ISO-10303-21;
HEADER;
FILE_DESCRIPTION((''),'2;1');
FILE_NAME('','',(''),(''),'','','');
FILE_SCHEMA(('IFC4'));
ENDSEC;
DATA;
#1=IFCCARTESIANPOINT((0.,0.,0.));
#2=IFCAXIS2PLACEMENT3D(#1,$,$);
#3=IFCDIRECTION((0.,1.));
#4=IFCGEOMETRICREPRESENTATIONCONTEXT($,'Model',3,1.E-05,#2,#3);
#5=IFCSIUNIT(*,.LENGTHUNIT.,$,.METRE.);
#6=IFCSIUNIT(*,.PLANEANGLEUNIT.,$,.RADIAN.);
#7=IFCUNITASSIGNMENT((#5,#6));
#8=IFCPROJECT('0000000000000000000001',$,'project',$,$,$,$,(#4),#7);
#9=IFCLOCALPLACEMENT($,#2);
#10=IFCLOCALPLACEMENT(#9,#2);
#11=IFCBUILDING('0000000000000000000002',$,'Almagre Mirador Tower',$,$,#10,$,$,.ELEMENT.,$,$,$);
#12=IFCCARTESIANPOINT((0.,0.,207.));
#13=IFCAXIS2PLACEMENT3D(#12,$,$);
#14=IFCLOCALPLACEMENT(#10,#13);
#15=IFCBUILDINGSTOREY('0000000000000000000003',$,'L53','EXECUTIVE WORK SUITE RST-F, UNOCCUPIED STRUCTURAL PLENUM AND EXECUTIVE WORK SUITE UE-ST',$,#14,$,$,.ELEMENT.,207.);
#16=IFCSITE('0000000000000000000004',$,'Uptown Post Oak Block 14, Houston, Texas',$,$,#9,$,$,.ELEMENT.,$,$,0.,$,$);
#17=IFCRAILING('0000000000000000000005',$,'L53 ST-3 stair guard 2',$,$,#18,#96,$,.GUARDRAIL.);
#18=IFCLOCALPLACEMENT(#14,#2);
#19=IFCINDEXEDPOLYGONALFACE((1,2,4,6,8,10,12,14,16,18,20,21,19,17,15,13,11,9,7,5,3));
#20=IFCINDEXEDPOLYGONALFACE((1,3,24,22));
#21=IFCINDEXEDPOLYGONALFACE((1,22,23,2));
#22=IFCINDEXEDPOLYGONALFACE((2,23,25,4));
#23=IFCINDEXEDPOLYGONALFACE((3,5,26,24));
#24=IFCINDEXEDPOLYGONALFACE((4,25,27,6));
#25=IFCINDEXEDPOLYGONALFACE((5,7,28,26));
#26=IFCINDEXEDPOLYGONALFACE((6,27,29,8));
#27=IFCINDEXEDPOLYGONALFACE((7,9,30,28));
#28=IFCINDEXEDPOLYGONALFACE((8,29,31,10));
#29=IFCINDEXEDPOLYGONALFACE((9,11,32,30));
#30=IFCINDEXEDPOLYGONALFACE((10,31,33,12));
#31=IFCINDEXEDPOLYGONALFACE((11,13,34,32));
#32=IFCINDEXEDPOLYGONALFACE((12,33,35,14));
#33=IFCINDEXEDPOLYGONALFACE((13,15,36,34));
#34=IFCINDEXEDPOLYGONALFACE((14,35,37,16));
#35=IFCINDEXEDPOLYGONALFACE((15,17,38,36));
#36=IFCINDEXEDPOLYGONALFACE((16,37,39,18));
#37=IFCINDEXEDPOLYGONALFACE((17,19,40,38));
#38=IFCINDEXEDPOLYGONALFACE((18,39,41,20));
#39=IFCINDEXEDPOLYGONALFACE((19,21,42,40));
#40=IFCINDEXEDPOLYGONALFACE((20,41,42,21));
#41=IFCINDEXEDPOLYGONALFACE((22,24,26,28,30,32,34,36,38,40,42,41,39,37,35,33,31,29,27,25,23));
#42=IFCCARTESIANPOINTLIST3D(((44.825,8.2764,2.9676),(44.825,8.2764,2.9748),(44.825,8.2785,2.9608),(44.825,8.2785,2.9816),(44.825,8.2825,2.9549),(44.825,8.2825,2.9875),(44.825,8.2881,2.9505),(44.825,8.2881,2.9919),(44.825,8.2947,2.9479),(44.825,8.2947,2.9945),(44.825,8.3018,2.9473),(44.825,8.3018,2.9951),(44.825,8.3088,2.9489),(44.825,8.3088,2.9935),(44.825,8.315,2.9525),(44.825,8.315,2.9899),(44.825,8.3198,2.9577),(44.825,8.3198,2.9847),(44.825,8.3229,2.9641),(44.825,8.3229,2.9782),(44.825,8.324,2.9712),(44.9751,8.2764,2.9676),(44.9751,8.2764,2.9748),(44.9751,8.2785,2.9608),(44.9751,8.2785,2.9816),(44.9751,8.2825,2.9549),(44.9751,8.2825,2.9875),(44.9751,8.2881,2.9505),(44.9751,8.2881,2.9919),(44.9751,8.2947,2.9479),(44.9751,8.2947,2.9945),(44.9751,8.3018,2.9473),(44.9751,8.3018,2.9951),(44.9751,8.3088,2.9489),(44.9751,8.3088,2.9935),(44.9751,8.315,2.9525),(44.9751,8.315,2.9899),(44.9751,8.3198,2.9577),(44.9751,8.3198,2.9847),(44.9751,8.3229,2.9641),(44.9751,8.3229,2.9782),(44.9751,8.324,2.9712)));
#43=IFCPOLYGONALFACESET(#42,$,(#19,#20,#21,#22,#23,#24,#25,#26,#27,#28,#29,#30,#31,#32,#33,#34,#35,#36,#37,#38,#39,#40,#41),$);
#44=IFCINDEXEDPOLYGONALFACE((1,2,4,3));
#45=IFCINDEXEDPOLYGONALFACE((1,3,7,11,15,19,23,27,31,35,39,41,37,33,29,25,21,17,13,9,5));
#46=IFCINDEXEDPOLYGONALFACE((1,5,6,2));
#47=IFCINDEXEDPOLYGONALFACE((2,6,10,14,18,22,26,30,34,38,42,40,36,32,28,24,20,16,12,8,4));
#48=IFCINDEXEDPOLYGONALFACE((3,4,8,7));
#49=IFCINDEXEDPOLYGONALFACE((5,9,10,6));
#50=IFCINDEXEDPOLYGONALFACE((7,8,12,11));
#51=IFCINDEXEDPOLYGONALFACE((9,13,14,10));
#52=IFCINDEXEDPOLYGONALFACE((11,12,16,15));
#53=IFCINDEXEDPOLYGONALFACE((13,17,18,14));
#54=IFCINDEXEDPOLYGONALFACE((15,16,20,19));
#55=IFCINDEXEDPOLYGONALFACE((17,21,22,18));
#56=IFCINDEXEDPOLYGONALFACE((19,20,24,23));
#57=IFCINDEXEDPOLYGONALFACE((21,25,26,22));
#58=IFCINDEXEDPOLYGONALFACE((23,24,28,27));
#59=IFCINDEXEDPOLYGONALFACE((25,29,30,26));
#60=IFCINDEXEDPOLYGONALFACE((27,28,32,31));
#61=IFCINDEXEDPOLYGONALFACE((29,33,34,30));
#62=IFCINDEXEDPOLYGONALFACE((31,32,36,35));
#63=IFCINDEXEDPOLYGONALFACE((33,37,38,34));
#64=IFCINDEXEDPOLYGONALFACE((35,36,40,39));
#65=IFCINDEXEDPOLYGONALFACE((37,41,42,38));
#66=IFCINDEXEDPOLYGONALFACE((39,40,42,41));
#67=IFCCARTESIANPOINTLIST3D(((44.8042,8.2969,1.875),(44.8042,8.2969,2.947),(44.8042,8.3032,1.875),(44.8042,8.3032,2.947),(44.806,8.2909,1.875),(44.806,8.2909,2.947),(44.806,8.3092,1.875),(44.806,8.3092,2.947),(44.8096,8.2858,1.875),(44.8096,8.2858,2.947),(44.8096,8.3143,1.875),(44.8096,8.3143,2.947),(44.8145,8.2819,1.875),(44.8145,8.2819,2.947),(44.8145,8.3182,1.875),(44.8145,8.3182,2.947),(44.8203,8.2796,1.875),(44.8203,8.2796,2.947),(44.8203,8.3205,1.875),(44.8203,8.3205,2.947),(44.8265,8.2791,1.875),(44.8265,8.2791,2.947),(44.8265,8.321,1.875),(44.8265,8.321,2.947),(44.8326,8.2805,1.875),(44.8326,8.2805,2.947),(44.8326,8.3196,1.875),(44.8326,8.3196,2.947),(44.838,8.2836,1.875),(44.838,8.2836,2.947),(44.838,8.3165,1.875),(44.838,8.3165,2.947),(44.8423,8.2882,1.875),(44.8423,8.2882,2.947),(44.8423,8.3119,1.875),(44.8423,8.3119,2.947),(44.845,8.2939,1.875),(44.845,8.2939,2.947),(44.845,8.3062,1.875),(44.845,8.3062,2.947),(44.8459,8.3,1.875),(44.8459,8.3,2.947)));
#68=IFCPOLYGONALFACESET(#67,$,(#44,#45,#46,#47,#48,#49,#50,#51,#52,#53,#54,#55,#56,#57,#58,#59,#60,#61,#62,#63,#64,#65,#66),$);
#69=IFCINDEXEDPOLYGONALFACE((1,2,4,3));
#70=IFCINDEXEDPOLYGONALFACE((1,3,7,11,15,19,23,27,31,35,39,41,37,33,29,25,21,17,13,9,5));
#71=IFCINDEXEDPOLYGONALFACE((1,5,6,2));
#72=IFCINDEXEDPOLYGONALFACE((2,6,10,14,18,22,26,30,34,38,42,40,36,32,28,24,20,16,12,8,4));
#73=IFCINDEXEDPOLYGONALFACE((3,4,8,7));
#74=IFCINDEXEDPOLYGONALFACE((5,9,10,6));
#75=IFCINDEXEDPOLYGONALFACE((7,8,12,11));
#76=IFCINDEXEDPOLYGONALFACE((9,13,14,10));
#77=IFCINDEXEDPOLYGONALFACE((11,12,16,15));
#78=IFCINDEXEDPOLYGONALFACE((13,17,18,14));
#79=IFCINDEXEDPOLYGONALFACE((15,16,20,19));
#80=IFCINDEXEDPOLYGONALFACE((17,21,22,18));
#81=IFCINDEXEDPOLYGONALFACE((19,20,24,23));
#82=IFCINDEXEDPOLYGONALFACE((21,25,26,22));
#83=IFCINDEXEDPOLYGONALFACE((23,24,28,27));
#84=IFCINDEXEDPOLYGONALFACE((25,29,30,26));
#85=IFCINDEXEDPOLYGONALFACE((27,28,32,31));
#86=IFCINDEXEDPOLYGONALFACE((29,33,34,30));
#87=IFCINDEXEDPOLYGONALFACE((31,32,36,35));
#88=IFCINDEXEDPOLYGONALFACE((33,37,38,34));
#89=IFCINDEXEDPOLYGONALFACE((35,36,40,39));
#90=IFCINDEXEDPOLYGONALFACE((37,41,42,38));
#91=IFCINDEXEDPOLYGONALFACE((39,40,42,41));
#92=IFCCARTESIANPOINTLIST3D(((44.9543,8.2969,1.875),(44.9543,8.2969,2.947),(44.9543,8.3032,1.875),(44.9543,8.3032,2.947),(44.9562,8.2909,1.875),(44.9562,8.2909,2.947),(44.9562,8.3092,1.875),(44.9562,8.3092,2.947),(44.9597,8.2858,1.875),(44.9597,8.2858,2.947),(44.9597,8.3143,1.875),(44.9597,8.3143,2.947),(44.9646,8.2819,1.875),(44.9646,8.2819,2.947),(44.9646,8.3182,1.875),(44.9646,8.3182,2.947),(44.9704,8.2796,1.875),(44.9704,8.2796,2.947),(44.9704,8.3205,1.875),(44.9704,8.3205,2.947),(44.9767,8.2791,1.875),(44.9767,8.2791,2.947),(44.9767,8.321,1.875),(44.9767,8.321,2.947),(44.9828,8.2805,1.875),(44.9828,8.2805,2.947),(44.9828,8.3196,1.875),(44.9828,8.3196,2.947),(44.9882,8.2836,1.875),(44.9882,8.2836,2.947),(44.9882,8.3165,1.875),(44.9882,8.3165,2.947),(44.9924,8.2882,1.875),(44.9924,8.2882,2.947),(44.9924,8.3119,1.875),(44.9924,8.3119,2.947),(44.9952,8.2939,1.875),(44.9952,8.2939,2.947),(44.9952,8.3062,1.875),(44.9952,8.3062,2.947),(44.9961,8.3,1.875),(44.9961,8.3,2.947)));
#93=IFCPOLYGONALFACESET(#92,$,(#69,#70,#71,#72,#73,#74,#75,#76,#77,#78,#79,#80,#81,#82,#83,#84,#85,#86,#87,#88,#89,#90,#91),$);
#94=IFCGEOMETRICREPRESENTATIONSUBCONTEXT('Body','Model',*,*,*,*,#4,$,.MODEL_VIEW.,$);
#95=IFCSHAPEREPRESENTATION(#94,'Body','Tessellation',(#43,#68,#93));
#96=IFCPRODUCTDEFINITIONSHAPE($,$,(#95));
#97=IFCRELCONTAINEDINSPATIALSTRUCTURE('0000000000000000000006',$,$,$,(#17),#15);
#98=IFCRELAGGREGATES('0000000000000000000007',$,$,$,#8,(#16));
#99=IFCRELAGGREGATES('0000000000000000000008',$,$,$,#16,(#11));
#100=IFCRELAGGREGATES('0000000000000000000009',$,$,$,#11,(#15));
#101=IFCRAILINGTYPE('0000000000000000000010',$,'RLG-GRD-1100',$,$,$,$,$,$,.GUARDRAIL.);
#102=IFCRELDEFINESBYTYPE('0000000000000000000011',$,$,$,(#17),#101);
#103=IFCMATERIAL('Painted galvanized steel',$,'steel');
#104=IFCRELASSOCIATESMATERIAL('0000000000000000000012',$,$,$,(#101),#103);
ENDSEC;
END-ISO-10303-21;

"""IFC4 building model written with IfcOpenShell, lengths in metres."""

from ifc_helpers import new_model, si_unit, direction, frame, origin, origin_2d, place, context, subcontext, project, spatial, circle, extrude, material, type_object, element, save


model = new_model("IFC4")

# Units and contexts
model_context = context("Model", 3, precision=1e-05, world=origin(), true_north=direction((0.0, 1.0)))
body_context = subcontext(model_context, "Body", "Model", "MODEL_VIEW")
ifc_project = project(units=[si_unit("LENGTHUNIT", "METRE"), si_unit("PLANEANGLEUNIT", "RADIAN")], contexts=[model_context])

# Site, building, storey
site_placement = place(None, origin())
site = spatial("IfcSite", under=ifc_project, at=site_placement, Name="Uptown Post Oak Block 14, Houston, Texas", CompositionType="ELEMENT", RefElevation=0.0)
building_placement = place(site_placement, origin())
building = spatial("IfcBuilding", under=site, at=building_placement, Name="Almagre Mirador Tower", CompositionType="ELEMENT")
storey_placement = place(building_placement, frame((0.0, 0.0, 207.0)))
storey = spatial("IfcBuildingStorey", under=building, at=storey_placement, Name="L53", Description="EXECUTIVE WORK SUITE RST-F, UNOCCUPIED STRUCTURAL PLENUM AND EXECUTIVE WORK SUITE UE-ST", CompositionType="ELEMENT", Elevation=207.0)

# Railing
ifc_material_1 = material(Name="Painted galvanized steel", Category="steel")
railing_type_1 = type_object("IfcRailingType", Name="RLG-GRD-1100", PredefinedType="GUARDRAIL", material=ifc_material_1)
railing_1_placement = place(storey_placement, frame((44.825, 8.3, 1.875)))
element("IfcRailing", 1, at=railing_1_placement, inside=storey, type_object=railing_type_1, Name="L53 ST-3 stair guard 2", PredefinedType="GUARDRAIL", context=body_context, shape_type="SweptSolid", body=[
    extrude(circle(Radius=0.0239, at=origin_2d()), frame((0.0, 0.0, 1.0962), z_axis=(1.0, 0.0, 0.0), x_axis=(0.0, 1.0, 0.0)), (0.0, 0.0, 1.0), 0.1501),
    extrude(circle(Radius=0.021, at=origin_2d()), origin(), (0.0, 0.0, 1.0), 1.072),
    extrude(circle(Radius=0.021, at=origin_2d()), frame((0.1501, 0.0, 0.0)), (0.0, 0.0, 1.0), 1.072),
])

save(model, "model.ifc")
